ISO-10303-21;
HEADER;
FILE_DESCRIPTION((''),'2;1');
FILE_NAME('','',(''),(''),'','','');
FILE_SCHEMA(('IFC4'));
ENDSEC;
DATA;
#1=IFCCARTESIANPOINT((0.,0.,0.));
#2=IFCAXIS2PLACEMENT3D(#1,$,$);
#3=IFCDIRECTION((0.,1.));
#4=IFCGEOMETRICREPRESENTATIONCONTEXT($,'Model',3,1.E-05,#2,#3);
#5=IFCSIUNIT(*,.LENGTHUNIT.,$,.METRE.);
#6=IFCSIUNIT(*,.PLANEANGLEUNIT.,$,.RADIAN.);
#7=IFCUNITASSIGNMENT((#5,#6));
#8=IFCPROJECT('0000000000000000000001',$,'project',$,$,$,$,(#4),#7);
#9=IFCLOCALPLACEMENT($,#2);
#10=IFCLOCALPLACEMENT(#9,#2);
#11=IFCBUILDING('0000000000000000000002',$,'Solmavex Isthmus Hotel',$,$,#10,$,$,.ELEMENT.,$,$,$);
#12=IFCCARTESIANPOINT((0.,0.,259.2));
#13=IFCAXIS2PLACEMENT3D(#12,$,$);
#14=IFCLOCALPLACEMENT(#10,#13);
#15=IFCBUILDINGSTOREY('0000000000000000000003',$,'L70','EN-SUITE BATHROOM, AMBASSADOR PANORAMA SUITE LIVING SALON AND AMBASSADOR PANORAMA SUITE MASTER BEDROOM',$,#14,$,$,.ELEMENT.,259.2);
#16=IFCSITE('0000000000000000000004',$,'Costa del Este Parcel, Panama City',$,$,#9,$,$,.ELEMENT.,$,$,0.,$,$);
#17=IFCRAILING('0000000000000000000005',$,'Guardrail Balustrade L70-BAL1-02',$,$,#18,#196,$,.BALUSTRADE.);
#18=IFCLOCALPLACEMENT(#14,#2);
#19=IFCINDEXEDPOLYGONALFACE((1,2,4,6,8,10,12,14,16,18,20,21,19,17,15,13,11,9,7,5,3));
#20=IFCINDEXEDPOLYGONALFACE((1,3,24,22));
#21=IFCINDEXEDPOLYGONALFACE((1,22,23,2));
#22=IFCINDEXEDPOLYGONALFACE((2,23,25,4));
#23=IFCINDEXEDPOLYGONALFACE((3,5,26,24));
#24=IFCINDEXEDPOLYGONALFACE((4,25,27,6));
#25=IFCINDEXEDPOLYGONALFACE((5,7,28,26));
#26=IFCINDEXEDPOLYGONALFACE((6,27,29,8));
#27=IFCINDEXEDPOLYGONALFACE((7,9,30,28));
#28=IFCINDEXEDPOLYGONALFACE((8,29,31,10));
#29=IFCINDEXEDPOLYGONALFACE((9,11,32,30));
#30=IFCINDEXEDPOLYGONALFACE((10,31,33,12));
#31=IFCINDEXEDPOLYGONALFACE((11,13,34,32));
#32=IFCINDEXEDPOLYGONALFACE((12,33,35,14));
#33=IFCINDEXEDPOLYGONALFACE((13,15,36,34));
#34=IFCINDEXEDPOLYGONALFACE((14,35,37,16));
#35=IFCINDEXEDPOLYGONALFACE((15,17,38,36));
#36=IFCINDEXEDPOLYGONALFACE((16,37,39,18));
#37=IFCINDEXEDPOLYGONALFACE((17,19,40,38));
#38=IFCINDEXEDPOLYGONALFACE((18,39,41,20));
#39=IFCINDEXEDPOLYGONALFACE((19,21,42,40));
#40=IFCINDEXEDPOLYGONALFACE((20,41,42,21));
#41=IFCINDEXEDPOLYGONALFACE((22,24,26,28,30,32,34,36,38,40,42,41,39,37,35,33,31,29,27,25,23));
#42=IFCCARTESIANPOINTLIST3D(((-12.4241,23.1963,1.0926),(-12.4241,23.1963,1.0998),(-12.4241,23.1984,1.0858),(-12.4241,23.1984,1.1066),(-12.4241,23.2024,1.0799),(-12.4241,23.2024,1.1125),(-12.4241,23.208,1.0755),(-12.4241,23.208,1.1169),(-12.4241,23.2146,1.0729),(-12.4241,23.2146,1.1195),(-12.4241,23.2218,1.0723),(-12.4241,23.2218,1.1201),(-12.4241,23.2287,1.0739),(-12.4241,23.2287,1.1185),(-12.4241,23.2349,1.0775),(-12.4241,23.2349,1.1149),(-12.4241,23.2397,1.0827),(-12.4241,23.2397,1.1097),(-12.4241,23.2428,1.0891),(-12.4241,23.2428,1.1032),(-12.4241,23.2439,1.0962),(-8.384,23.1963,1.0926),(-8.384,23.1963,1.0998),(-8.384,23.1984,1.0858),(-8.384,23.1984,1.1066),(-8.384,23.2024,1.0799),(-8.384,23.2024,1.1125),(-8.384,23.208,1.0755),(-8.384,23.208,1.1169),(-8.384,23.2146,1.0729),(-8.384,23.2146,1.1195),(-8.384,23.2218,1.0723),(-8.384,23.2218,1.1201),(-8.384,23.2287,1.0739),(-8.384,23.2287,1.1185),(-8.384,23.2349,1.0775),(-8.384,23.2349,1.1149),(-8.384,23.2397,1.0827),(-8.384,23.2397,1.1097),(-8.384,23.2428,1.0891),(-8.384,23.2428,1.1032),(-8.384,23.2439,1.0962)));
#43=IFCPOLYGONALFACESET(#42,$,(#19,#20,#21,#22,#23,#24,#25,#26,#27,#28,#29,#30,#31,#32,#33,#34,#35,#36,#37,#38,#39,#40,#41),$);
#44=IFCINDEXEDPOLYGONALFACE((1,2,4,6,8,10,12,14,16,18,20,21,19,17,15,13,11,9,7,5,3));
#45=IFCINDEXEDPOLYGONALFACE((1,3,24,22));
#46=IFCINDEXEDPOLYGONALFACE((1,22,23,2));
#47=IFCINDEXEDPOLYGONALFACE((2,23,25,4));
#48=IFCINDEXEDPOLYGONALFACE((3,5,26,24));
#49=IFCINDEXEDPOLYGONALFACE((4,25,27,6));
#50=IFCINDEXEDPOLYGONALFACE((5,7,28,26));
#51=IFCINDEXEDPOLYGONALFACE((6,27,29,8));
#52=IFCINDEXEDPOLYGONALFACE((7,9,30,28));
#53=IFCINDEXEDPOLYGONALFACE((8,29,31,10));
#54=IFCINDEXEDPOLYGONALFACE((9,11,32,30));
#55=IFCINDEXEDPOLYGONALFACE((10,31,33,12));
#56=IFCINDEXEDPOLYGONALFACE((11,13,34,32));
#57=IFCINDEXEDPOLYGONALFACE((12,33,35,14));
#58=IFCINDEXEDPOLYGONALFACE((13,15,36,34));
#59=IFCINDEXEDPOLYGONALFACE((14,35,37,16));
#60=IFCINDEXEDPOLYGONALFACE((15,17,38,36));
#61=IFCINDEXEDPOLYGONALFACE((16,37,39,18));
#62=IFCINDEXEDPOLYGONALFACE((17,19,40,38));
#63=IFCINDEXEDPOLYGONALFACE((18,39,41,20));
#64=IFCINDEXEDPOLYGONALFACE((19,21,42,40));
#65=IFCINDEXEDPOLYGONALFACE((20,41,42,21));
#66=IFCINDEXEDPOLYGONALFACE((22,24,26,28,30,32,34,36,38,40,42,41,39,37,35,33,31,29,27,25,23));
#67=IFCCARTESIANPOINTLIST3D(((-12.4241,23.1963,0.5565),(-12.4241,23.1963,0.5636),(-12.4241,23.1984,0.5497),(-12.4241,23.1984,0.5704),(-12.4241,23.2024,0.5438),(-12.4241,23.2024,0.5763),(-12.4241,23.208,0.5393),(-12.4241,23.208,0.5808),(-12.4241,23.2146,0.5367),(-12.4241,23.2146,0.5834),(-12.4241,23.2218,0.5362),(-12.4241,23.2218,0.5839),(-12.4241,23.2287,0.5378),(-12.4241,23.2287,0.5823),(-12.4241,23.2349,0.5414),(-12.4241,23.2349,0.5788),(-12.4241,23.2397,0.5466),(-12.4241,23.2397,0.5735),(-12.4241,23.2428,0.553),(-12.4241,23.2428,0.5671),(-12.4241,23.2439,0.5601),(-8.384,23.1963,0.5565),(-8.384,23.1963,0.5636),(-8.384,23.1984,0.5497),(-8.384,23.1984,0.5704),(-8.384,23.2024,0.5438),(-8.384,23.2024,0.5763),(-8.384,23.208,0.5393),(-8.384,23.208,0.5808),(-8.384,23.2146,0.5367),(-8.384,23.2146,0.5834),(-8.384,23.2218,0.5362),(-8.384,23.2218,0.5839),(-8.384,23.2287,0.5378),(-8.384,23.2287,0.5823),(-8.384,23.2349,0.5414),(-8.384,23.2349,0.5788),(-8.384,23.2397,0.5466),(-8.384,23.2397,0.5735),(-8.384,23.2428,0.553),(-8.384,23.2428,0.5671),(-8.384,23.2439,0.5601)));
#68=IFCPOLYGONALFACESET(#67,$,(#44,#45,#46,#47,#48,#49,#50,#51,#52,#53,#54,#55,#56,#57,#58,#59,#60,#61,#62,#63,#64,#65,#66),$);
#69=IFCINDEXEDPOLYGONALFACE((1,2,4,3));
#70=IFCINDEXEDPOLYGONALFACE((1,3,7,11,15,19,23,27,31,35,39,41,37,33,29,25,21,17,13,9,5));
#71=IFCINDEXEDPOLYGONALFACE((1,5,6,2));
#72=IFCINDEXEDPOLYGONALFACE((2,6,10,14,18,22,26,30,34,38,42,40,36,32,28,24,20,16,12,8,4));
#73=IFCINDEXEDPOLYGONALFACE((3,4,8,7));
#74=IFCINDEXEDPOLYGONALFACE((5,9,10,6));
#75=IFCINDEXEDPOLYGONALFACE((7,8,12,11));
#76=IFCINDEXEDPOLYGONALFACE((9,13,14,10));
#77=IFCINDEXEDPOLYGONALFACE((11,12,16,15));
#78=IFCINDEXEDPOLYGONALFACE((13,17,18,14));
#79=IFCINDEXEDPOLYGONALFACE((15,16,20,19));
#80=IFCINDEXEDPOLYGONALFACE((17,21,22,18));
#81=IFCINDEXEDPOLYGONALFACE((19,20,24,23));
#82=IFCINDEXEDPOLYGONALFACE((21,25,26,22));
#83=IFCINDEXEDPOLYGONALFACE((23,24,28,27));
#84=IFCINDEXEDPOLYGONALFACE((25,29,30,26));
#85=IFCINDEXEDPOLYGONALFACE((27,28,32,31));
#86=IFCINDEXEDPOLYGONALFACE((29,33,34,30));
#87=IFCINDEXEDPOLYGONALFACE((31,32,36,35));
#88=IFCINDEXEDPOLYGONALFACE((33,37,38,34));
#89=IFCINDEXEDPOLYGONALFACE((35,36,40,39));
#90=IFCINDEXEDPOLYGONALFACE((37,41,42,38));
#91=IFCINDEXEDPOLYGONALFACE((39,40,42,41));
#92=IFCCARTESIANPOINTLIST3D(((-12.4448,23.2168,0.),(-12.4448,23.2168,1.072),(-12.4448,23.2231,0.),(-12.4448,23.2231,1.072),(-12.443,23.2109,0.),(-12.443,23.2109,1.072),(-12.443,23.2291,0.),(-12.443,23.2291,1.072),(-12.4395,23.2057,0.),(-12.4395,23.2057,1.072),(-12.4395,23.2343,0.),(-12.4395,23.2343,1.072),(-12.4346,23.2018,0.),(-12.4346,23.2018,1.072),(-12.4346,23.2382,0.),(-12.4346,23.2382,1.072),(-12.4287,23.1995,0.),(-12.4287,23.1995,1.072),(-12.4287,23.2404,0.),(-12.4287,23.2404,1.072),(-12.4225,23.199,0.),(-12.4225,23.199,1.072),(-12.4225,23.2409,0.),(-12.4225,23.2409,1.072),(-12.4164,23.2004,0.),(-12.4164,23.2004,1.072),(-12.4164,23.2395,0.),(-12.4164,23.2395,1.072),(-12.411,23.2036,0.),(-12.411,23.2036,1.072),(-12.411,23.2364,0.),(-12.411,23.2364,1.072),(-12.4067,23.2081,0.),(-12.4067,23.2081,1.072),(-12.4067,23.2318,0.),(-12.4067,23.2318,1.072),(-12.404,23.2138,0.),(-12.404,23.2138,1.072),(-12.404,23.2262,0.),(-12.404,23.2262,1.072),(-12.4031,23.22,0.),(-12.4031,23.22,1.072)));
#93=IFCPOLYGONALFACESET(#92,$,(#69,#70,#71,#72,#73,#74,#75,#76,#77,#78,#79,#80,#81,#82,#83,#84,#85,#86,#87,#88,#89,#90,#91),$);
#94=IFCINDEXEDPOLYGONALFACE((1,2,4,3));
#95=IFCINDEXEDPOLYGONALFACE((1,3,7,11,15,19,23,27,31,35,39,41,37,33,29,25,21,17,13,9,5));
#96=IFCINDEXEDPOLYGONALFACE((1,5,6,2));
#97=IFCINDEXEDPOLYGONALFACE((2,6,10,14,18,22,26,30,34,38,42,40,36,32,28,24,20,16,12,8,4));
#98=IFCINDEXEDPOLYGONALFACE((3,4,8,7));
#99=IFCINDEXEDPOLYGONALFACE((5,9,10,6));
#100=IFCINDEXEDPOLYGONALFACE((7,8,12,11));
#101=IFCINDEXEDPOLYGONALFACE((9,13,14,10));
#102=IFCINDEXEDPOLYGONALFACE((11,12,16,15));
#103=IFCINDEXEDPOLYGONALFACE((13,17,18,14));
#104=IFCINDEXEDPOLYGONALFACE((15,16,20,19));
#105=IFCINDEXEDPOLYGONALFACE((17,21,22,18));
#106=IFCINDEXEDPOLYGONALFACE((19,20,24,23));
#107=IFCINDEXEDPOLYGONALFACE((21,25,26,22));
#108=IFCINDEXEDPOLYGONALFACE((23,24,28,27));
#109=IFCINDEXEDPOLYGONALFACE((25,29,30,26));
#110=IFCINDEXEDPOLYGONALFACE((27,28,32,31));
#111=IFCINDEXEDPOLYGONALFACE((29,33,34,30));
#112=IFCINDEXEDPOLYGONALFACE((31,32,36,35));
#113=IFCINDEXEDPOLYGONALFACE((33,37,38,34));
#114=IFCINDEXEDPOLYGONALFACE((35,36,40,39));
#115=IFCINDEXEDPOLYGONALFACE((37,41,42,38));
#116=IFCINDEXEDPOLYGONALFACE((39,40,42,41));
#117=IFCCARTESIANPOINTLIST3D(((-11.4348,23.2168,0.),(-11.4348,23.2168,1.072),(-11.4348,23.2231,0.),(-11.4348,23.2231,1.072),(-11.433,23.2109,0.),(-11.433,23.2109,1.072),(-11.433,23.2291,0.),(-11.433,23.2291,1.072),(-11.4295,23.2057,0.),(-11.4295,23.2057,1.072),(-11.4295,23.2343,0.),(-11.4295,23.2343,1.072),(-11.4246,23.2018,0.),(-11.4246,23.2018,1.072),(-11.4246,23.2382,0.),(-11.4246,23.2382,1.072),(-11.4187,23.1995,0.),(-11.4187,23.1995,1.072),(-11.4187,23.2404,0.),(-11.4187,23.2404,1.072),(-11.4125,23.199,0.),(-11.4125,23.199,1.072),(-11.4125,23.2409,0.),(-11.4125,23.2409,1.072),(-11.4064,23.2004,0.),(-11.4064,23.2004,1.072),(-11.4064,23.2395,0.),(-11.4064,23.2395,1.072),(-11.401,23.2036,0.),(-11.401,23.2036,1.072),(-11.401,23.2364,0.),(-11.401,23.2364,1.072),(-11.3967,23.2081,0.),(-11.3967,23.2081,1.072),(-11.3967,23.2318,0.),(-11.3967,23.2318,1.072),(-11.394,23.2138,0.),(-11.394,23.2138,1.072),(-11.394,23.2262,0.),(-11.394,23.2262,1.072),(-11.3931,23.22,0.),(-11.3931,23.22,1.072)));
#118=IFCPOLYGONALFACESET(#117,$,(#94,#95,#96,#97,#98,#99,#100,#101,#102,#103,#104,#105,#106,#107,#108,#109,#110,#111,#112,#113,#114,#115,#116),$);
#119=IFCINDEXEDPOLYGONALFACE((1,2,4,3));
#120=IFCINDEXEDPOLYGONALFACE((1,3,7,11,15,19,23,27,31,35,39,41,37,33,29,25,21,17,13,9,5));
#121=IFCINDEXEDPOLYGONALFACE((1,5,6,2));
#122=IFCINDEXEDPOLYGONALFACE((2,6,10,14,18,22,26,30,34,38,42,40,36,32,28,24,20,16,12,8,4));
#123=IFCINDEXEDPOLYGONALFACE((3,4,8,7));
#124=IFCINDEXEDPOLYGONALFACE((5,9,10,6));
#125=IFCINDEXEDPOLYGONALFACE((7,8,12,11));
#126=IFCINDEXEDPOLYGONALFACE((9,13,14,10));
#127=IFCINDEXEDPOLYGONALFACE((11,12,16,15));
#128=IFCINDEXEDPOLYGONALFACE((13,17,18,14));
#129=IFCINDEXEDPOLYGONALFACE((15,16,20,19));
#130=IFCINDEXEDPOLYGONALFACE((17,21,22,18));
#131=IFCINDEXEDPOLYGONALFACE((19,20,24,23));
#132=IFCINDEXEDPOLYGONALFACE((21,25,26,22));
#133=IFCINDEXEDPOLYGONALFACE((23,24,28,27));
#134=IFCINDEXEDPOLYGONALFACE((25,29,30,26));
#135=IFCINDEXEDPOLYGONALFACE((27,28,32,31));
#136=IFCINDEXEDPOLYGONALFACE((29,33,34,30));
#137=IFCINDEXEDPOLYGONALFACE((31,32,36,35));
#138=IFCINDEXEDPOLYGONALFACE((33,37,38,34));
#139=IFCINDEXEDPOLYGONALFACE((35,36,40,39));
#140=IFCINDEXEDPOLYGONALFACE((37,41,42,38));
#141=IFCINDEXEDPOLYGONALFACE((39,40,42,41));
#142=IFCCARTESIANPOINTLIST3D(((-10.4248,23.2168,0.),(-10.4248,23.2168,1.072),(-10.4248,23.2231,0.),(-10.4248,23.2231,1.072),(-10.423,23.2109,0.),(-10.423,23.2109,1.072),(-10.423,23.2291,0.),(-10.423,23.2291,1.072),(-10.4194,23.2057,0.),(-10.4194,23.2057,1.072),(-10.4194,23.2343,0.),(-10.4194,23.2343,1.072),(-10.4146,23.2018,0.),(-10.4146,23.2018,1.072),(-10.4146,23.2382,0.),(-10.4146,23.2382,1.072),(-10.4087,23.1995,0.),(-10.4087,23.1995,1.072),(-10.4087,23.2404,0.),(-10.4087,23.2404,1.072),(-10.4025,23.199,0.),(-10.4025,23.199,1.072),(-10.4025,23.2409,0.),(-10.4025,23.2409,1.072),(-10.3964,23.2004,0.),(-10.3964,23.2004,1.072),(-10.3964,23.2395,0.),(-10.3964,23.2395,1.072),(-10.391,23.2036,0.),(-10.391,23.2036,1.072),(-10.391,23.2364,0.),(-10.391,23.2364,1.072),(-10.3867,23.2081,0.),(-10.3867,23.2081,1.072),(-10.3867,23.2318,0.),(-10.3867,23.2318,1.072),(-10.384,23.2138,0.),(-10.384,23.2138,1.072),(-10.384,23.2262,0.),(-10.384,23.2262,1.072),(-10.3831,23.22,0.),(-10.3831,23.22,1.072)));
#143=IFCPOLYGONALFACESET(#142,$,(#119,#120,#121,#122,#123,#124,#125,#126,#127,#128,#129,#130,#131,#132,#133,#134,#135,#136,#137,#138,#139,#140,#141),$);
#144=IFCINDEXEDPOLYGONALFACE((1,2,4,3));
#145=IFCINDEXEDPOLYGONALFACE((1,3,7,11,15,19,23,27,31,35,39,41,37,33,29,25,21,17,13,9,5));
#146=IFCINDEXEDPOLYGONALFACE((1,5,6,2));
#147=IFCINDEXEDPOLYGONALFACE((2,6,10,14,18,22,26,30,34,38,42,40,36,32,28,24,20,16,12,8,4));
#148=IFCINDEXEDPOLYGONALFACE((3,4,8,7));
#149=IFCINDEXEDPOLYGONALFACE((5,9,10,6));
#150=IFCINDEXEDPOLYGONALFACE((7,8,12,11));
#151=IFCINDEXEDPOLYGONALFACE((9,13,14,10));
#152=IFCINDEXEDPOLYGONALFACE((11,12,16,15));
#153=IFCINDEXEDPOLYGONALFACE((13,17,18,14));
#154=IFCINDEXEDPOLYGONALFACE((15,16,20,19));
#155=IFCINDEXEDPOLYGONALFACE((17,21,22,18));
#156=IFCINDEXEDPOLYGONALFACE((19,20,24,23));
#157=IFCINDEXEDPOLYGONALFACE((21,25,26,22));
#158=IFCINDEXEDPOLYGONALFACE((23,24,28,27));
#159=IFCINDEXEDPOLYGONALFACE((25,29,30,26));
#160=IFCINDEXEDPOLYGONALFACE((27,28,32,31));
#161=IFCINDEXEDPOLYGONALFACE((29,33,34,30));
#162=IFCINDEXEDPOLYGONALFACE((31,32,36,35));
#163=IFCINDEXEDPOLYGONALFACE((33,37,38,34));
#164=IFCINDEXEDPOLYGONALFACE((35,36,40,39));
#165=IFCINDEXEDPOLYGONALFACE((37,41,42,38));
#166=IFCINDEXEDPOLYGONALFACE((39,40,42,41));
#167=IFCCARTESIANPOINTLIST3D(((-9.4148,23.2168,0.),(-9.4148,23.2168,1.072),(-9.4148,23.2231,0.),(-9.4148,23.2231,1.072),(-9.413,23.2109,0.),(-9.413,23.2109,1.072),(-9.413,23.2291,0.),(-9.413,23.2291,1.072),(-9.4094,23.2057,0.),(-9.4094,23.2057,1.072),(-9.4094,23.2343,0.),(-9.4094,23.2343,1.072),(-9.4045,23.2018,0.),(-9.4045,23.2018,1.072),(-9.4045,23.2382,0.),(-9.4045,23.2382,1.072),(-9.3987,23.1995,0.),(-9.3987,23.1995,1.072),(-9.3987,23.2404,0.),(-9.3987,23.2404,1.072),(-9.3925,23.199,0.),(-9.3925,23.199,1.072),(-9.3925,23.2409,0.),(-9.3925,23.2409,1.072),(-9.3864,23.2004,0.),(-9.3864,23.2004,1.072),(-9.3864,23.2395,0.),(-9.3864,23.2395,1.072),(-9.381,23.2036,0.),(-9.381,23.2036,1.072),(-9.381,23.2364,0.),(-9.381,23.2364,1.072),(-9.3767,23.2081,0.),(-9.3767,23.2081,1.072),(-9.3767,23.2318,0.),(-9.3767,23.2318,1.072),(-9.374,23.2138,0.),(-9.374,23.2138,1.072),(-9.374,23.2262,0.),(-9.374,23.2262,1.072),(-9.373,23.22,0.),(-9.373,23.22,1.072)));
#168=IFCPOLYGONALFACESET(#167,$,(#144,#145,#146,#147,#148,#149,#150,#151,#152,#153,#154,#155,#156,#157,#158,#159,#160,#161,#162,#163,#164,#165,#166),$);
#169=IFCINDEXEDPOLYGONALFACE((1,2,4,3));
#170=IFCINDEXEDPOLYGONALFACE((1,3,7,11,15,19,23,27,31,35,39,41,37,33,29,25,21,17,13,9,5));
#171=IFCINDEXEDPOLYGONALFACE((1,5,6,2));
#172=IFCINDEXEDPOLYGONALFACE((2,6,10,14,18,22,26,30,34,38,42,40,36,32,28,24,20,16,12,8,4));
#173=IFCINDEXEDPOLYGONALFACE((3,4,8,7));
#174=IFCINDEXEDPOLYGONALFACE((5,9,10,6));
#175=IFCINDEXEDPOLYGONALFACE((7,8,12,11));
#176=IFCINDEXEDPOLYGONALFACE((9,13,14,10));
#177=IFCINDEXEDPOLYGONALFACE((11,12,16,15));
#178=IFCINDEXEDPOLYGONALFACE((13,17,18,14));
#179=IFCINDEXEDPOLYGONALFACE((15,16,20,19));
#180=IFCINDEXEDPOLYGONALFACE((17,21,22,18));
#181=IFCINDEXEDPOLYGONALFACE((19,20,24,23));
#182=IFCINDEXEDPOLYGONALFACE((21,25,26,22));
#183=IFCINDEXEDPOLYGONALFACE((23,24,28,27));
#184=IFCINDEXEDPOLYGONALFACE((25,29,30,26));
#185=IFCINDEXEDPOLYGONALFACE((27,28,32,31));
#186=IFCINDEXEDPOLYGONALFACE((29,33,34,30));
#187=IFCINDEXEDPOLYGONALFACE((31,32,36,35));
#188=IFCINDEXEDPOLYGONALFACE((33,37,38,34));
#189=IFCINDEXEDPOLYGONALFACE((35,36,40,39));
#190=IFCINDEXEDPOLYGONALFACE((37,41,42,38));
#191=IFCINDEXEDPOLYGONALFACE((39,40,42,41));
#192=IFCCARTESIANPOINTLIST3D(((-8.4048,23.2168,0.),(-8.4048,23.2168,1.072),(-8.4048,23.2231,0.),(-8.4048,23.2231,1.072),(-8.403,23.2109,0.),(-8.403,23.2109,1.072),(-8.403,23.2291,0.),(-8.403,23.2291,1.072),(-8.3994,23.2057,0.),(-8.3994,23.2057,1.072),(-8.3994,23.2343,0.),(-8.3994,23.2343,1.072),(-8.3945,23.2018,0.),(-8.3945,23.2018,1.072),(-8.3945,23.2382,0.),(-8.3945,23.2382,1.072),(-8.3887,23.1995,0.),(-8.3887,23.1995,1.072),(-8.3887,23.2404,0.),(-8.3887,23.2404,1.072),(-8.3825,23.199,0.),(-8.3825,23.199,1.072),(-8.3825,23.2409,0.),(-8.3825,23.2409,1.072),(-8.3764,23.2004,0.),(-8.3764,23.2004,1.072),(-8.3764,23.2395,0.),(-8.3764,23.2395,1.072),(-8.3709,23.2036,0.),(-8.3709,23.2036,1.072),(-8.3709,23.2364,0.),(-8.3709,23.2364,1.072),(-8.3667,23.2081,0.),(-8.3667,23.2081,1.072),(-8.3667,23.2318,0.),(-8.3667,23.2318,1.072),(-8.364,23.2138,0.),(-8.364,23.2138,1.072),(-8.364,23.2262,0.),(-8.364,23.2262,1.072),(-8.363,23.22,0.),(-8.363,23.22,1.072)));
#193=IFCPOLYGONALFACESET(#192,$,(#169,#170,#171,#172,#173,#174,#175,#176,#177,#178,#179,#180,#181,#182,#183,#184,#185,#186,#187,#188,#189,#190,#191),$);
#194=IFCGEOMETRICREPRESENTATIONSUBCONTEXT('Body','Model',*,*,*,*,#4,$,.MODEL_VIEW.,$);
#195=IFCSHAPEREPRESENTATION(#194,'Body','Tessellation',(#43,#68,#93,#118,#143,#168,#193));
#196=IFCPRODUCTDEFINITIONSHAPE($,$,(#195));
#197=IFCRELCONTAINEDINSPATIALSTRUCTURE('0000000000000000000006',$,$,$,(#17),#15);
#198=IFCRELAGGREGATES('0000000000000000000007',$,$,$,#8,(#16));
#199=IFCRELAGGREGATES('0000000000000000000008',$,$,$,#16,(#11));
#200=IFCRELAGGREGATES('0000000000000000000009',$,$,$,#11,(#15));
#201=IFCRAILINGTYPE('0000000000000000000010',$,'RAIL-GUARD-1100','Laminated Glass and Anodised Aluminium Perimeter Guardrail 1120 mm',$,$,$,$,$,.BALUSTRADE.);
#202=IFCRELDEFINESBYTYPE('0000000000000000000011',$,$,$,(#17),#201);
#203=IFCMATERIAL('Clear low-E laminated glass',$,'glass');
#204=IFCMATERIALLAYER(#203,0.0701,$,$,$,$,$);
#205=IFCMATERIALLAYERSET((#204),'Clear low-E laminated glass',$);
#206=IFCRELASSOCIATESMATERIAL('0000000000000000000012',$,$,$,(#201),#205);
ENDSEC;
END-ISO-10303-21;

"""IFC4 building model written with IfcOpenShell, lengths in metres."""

from ifc_helpers import new_model, si_unit, direction, frame, origin, origin_2d, place, context, subcontext, project, spatial, circle, extrude, material, layer, layer_set, type_object, element, save


model = new_model("IFC4")

# Units and contexts
model_context = context("Model", 3, precision=1e-05, world=origin(), true_north=direction((0.0, 1.0)))
body_context = subcontext(model_context, "Body", "Model", "MODEL_VIEW")
ifc_project = project(units=[si_unit("LENGTHUNIT", "METRE"), si_unit("PLANEANGLEUNIT", "RADIAN")], contexts=[model_context])

# Site, building, storey
site_placement = place(None, origin())
site = spatial("IfcSite", under=ifc_project, at=site_placement, Name="Costa del Este Parcel, Panama City", CompositionType="ELEMENT", RefElevation=0.0)
building_placement = place(site_placement, origin())
building = spatial("IfcBuilding", under=site, at=building_placement, Name="Solmavex Isthmus Hotel", CompositionType="ELEMENT")
storey_placement = place(building_placement, frame((0.0, 0.0, 259.2)))
storey = spatial("IfcBuildingStorey", under=building, at=storey_placement, Name="L70", Description="EN-SUITE BATHROOM, AMBASSADOR PANORAMA SUITE LIVING SALON AND AMBASSADOR PANORAMA SUITE MASTER BEDROOM", CompositionType="ELEMENT", Elevation=259.2)

# Shared definitions
ifc_material_1 = material(Name="Clear low-E laminated glass", Category="glass")

# Railing
ifc_layer_1 = layer(ifc_material_1, 0.0701)
ifc_layer_set_1 = layer_set([ifc_layer_1], Name="Clear low-E laminated glass")
railing_type = type_object("IfcRailingType", Name="RAIL-GUARD-1100", Description="Laminated Glass and Anodised Aluminium Perimeter Guardrail 1120 mm", PredefinedType="BALUSTRADE", material=ifc_layer_set_1)
railing_1_placement = place(storey_placement, frame((-12.4241, 23.22, 0.0)))
element("IfcRailing", 1, at=railing_1_placement, inside=storey, type_object=railing_type, Name="Guardrail Balustrade L70-BAL1-02", PredefinedType="BALUSTRADE", context=body_context, shape_type="SweptSolid", body=[
    extrude(circle(Radius=0.0239, at=origin_2d()), frame((0.0, 0.0, 1.0962), z_axis=(1.0, 0.0, 0.0), x_axis=(0.0, 1.0, 0.0)), (0.0, 0.0, 1.0), 4.04),
    extrude(circle(Radius=0.0239, at=origin_2d()), frame((0.0, 0.0, 0.5601), z_axis=(1.0, 0.0, 0.0), x_axis=(0.0, 1.0, 0.0)), (0.0, 0.0, 1.0), 4.04),
    extrude(circle(Radius=0.021, at=origin_2d()), origin(), (0.0, 0.0, 1.0), 1.072),
    extrude(circle(Radius=0.021, at=origin_2d()), frame((1.01, 0.0, 0.0)), (0.0, 0.0, 1.0), 1.072),
    extrude(circle(Radius=0.021, at=origin_2d()), frame((2.02, 0.0, 0.0)), (0.0, 0.0, 1.0), 1.072),
    extrude(circle(Radius=0.021, at=origin_2d()), frame((3.03, 0.0, 0.0)), (0.0, 0.0, 1.0), 1.072),
    extrude(circle(Radius=0.021, at=origin_2d()), frame((4.04, 0.0, 0.0)), (0.0, 0.0, 1.0), 1.072),
])

save(model, "model.ifc")
